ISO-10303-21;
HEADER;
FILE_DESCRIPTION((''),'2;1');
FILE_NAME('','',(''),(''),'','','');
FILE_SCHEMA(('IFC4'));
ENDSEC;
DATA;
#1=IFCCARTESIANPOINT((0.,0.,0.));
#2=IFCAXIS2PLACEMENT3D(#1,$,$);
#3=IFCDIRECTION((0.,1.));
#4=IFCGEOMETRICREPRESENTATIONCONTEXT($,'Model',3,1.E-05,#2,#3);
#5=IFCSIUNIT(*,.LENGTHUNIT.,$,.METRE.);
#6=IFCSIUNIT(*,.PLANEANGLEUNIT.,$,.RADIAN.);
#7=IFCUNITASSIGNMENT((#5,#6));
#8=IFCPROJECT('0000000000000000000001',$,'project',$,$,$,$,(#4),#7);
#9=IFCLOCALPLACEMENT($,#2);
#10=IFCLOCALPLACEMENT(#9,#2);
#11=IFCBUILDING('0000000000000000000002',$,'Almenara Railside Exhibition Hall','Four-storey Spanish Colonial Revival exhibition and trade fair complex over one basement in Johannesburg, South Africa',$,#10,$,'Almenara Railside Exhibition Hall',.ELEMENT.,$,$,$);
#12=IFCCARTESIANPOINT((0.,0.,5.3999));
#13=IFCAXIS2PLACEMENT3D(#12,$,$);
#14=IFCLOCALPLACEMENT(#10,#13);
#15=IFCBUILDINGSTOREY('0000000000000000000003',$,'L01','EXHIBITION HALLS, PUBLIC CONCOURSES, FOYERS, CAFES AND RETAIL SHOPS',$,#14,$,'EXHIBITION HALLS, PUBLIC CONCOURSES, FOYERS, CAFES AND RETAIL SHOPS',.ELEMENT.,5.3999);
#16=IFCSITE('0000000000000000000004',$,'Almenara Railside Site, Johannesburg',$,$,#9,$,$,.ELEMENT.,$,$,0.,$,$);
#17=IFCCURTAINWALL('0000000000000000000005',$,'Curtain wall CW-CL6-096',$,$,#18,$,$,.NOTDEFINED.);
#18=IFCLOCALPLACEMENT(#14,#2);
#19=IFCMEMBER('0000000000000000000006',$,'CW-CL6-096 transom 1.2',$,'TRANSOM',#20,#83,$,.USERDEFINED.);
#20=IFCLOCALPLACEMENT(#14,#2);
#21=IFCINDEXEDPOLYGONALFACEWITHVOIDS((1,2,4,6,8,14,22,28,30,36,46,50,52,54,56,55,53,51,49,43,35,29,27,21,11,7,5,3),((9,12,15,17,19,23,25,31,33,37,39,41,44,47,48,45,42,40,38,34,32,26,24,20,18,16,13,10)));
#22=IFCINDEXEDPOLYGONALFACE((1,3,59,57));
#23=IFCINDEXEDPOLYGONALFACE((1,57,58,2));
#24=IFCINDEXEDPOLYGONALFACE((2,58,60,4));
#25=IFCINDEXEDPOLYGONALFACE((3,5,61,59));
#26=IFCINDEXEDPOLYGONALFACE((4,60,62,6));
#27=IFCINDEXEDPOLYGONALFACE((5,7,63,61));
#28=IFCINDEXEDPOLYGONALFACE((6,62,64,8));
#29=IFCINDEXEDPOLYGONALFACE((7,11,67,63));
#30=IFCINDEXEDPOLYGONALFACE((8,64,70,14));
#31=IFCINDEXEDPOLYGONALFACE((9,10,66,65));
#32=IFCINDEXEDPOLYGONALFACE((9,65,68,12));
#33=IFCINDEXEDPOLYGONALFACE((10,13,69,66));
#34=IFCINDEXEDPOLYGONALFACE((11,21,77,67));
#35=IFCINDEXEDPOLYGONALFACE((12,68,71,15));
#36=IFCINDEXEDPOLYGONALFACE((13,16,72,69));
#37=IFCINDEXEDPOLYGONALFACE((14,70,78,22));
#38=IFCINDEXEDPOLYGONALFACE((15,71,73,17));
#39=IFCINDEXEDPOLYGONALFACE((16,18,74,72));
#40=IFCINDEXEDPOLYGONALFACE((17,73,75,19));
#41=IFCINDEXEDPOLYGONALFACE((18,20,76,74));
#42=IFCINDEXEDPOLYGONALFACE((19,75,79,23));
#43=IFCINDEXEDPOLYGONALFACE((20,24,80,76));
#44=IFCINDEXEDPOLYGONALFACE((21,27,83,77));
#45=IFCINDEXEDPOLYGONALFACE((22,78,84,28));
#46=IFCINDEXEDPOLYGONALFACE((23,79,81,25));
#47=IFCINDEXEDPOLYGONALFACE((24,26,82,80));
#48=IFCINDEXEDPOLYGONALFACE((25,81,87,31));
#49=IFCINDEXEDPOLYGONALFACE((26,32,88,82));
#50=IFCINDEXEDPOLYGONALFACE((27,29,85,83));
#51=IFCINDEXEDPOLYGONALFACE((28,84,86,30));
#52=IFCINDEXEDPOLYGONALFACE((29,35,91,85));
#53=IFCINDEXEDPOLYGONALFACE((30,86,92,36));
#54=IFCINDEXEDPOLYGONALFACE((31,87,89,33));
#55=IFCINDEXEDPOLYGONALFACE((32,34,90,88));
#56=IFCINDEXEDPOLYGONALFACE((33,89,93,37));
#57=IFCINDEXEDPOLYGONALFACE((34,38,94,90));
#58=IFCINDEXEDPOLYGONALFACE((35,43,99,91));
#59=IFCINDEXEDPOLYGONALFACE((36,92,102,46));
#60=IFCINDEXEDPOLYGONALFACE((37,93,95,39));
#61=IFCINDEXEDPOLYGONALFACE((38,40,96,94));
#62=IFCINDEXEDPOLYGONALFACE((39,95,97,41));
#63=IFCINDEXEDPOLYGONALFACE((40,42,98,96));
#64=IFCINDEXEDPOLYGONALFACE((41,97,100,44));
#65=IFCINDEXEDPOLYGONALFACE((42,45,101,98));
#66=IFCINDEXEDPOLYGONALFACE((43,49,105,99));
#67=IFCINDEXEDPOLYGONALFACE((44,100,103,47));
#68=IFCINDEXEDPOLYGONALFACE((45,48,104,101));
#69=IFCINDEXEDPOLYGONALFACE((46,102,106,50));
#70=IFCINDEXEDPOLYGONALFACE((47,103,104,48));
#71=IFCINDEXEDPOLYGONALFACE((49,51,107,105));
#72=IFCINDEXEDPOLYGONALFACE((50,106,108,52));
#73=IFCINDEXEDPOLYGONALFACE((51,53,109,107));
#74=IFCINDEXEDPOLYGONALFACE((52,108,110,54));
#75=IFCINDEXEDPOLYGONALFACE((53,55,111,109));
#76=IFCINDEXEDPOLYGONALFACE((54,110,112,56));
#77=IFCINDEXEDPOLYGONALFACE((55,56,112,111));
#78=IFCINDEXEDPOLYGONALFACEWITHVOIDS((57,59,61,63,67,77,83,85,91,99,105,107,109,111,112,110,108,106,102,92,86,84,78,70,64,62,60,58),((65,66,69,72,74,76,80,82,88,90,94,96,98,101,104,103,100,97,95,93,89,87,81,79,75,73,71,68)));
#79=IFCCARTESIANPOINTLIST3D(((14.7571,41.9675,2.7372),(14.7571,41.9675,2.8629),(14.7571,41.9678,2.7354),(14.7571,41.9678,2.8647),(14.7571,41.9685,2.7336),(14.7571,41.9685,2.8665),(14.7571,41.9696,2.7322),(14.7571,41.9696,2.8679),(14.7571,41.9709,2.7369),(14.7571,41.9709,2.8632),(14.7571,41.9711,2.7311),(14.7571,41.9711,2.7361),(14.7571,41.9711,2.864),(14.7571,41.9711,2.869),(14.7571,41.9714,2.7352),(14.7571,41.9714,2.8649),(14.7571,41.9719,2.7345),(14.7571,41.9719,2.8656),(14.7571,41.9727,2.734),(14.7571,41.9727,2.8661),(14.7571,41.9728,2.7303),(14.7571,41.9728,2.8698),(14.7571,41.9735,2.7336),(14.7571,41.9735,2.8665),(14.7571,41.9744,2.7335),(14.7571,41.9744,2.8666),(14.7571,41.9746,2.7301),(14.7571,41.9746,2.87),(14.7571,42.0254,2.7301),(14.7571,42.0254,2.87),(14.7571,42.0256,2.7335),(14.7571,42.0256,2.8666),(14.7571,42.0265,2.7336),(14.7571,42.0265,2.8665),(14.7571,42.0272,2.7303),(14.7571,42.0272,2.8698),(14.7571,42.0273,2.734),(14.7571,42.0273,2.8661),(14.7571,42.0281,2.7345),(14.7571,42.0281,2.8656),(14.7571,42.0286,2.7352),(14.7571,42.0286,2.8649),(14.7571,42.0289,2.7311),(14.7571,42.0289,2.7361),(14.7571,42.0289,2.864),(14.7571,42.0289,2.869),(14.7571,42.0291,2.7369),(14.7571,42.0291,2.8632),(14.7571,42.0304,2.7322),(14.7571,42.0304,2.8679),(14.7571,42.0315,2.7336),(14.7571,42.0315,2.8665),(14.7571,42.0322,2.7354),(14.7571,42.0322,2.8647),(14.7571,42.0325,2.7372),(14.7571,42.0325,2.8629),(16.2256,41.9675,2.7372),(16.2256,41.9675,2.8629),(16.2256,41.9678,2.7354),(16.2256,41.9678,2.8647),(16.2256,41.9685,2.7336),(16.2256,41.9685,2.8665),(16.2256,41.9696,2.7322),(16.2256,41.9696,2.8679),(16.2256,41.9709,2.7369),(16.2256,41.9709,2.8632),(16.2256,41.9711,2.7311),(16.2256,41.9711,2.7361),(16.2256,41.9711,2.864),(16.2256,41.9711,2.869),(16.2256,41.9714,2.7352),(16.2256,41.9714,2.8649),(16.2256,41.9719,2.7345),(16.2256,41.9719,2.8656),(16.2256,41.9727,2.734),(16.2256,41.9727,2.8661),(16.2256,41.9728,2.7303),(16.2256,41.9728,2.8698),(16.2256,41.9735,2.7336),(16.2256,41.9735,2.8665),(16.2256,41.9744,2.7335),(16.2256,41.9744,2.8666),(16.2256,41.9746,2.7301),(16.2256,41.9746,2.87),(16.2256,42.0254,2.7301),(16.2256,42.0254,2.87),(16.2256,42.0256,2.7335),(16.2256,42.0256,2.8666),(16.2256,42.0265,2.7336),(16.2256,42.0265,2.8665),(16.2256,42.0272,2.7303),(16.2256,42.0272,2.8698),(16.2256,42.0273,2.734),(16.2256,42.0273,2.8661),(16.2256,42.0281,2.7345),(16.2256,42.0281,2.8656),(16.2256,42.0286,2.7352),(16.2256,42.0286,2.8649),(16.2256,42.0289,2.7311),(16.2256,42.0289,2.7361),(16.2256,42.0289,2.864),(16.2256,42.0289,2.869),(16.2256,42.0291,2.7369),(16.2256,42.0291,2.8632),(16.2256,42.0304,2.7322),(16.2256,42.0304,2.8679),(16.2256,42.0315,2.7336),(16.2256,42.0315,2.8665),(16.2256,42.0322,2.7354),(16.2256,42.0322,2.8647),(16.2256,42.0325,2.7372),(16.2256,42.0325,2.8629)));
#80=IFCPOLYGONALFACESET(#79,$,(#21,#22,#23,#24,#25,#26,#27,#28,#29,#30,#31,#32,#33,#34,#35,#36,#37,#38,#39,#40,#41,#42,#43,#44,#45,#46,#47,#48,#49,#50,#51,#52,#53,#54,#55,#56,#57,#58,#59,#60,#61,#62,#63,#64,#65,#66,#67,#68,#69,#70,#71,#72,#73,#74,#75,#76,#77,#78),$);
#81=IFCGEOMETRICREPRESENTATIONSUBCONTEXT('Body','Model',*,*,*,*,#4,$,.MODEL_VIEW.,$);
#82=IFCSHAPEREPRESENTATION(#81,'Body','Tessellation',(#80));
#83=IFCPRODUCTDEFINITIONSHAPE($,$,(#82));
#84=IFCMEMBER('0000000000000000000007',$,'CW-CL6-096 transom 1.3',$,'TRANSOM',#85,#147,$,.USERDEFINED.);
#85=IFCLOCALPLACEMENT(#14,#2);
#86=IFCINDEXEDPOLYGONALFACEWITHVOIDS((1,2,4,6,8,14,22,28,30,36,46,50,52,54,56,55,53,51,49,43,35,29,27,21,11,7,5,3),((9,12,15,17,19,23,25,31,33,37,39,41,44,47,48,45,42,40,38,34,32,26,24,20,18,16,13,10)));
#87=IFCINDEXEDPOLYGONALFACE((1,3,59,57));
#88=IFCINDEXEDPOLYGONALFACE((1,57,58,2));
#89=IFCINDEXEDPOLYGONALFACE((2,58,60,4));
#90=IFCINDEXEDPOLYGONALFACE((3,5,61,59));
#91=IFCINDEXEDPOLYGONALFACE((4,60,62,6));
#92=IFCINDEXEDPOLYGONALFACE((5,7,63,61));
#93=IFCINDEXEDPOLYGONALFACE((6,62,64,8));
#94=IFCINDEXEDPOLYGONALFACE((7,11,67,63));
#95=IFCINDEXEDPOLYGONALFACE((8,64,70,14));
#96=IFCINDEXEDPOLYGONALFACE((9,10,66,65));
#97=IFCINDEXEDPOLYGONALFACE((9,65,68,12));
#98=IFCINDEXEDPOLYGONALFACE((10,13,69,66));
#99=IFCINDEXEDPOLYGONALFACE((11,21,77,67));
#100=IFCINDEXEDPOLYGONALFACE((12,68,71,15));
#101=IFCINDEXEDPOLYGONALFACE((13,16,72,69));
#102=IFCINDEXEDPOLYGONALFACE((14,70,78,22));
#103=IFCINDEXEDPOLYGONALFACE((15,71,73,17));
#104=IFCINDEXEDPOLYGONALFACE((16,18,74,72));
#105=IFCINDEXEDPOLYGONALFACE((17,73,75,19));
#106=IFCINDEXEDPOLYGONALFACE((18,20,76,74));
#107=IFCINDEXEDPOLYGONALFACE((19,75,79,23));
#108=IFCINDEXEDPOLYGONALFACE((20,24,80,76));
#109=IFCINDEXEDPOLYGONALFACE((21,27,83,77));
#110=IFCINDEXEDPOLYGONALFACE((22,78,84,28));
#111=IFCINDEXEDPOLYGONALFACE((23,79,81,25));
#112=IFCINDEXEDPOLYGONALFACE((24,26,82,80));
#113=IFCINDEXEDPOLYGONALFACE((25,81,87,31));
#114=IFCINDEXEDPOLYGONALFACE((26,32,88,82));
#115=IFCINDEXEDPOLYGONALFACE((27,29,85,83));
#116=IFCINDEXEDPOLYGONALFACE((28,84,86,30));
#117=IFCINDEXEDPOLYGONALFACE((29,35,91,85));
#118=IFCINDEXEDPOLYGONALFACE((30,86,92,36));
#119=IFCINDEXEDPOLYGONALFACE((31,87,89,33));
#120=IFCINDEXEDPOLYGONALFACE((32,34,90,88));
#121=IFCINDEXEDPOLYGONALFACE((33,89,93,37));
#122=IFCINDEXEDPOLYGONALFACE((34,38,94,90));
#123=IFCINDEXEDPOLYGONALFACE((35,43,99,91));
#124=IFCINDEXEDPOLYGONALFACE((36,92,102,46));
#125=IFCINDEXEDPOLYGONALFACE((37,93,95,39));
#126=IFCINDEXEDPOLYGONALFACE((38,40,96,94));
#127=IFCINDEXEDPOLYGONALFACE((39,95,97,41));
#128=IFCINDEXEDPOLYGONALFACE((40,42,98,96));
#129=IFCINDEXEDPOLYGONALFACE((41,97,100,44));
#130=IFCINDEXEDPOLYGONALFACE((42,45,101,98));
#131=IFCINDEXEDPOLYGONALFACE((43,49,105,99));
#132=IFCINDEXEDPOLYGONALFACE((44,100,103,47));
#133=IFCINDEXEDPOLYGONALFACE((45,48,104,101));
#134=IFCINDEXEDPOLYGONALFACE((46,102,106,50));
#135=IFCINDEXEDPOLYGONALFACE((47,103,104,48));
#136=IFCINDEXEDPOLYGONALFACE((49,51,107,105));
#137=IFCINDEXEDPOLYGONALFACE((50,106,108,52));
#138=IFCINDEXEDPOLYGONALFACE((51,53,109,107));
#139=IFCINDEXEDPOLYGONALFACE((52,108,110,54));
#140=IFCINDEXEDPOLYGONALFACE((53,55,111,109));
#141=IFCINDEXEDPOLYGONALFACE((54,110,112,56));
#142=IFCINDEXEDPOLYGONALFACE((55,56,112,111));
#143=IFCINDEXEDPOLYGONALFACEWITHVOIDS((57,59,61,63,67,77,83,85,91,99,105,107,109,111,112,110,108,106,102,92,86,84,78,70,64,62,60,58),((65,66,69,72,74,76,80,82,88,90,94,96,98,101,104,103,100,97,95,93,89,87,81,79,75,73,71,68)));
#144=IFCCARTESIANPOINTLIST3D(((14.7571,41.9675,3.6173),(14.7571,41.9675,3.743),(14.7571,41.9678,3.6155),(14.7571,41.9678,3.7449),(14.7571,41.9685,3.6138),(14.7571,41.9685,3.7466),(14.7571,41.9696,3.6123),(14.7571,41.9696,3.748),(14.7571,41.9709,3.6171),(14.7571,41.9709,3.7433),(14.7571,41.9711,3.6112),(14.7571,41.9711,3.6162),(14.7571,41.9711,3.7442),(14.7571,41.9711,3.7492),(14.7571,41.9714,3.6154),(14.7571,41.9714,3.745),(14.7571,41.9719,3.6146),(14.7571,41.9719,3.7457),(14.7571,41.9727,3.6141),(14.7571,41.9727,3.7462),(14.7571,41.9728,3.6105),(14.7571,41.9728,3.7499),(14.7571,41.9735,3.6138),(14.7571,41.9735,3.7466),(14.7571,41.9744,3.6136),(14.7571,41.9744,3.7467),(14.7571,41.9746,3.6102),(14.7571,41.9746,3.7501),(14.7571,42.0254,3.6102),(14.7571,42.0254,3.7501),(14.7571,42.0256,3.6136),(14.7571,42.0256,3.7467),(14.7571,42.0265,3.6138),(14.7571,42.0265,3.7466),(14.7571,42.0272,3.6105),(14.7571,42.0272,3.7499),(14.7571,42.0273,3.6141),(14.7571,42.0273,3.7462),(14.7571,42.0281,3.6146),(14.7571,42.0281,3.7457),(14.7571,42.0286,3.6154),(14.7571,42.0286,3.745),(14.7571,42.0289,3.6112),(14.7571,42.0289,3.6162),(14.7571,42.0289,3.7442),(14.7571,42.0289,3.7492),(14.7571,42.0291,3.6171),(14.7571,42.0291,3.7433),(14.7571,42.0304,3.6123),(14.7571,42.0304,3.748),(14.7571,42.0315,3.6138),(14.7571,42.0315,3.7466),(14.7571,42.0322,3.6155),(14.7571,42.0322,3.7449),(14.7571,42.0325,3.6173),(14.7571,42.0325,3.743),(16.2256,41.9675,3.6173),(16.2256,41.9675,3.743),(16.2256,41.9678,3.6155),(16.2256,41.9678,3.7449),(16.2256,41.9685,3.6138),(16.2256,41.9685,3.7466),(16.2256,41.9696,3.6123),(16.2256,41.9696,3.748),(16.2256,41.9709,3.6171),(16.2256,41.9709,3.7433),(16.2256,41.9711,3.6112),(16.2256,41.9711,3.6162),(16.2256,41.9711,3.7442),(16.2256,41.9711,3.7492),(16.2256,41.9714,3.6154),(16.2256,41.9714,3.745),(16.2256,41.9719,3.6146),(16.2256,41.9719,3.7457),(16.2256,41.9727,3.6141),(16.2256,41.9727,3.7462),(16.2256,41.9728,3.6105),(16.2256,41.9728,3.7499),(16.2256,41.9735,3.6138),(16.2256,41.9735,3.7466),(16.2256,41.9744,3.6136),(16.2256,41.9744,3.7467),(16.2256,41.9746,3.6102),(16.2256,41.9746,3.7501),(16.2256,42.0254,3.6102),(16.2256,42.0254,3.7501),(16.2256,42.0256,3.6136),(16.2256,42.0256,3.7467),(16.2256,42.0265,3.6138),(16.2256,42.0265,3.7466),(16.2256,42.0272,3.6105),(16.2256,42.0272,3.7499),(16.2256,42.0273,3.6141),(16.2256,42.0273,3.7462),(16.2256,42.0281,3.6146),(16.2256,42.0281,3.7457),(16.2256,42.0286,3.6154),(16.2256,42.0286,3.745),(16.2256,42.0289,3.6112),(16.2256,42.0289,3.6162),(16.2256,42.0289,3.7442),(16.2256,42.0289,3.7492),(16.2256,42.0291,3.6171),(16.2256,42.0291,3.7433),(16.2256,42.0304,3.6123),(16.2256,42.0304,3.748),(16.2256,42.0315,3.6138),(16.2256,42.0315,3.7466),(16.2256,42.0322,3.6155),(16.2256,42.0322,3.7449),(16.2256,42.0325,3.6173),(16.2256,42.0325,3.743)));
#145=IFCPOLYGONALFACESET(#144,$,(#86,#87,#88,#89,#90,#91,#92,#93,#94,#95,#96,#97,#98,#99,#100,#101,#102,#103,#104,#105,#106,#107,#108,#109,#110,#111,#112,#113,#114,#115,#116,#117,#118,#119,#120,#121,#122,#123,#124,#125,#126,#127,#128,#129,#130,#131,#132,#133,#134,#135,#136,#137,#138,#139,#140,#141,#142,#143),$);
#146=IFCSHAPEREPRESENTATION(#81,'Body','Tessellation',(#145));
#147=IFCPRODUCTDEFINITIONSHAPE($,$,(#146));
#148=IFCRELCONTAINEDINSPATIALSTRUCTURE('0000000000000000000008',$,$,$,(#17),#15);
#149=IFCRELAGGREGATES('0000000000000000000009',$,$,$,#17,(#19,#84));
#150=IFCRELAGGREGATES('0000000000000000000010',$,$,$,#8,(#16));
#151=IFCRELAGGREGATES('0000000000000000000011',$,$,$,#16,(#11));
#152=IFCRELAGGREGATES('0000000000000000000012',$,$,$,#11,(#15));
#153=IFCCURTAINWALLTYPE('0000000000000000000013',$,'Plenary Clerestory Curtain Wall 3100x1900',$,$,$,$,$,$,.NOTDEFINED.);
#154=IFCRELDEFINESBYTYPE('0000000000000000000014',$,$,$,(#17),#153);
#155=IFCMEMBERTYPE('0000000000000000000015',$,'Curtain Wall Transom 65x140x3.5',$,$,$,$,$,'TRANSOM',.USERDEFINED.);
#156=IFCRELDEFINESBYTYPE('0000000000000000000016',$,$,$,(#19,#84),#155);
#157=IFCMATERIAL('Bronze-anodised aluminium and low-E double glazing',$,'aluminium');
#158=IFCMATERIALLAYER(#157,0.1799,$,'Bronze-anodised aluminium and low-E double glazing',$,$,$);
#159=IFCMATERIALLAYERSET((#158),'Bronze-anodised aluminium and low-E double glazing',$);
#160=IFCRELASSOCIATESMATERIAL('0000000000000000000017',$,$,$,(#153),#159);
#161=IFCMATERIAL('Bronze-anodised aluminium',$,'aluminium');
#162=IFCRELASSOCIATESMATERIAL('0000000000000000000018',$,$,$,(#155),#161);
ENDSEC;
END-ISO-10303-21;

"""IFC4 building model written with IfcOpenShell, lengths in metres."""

from ifc_helpers import new_model, si_unit, direction, frame, origin, origin_2d, place, context, subcontext, project, spatial, hollow_rectangle, extrude, material, layer, layer_set, material_profile, profile_set, type_object, element, aggregate, save


model = new_model("IFC4")

# Units and contexts
model_context = context("Model", 3, precision=1e-05, world=origin(), true_north=direction((0.0, 1.0)))
body_context = subcontext(model_context, "Body", "Model", "MODEL_VIEW")
ifc_project = project(units=[si_unit("LENGTHUNIT", "METRE"), si_unit("PLANEANGLEUNIT", "RADIAN")], contexts=[model_context])

# Site, building, storey
site_placement = place(None, origin())
site = spatial("IfcSite", under=ifc_project, at=site_placement, Name="Almenara Railside Site, Johannesburg", CompositionType="ELEMENT", RefElevation=0.0)
building_placement = place(site_placement, origin())
building = spatial("IfcBuilding", under=site, at=building_placement, Name="Almenara Railside Exhibition Hall", Description="Four-storey Spanish Colonial Revival exhibition and trade fair complex over one basement in Johannesburg, South Africa", LongName="Almenara Railside Exhibition Hall", CompositionType="ELEMENT")
storey_placement = place(building_placement, frame((0.0, 0.0, 5.3999)))
storey = spatial("IfcBuildingStorey", under=building, at=storey_placement, Name="L01", Description="EXHIBITION HALLS, PUBLIC CONCOURSES, FOYERS, CAFES AND RETAIL SHOPS", LongName="EXHIBITION HALLS, PUBLIC CONCOURSES, FOYERS, CAFES AND RETAIL SHOPS", CompositionType="ELEMENT", Elevation=5.3999)

# Shared definitions
ifc_material_1 = material(Name="Bronze-anodised aluminium and low-E double glazing", Category="aluminium")
ifc_material_2 = material(Name="Bronze-anodised aluminium", Category="aluminium")

# Curtain wall, members
ifc_layer_1 = layer(ifc_material_1, 0.1799, Name="Bronze-anodised aluminium and low-E double glazing")
ifc_layer_set_1 = layer_set([ifc_layer_1], Name="Bronze-anodised aluminium and low-E double glazing")
curtain_wall_type_1 = type_object("IfcCurtainWallType", Name="Plenary Clerestory Curtain Wall 3100x1900", PredefinedType="NOTDEFINED", material=ifc_layer_set_1)
curtain_wall_1_placement = place(storey_placement, origin())
curtain_wall_1 = element("IfcCurtainWall", 1, at=curtain_wall_1_placement, inside=storey, type_object=curtain_wall_type_1, Name="Curtain wall CW-CL6-096", PredefinedType="NOTDEFINED")
ifc_material_profile_1 = material_profile(ifc_material_2, hollow_rectangle(XDim=0.0649, YDim=0.1399, WallThickness=0.0034, InnerFilletRadius=0.0034, OuterFilletRadius=0.0071, at=origin_2d()), Name="ALU-TRN 65x140x3.5")
ifc_profile_set_1 = profile_set([ifc_material_profile_1], Name="Bronze-anodised aluminium")
member_type_1 = type_object("IfcMemberType", Name="Curtain Wall Transom 65x140x3.5", ElementType="TRANSOM", PredefinedType="USERDEFINED", material=ifc_profile_set_1)
member_1_placement = place(storey_placement, frame((14.7571, 42.0, 2.8), z_axis=(1.0, 0.0, 0.0), x_axis=(0.0, 1.0, 0.0)))
member_1 = element("IfcMember", 2, at=member_1_placement, type_object=member_type_1, Name="CW-CL6-096 transom 1.2", ObjectType="TRANSOM", PredefinedType="USERDEFINED", context=body_context, shape_type="SweptSolid", body=[
    extrude(hollow_rectangle(XDim=0.0649, YDim=0.1399, WallThickness=0.0034, InnerFilletRadius=0.0034, OuterFilletRadius=0.0071, at=origin_2d()), origin(), (0.0, 0.0, 1.0), 1.4685),
])
member_2_placement = place(storey_placement, frame((14.7571, 42.0, 3.6802), z_axis=(1.0, 0.0, 0.0), x_axis=(0.0, 1.0, 0.0)))
member_2 = element("IfcMember", 3, at=member_2_placement, type_object=member_type_1, Name="CW-CL6-096 transom 1.3", ObjectType="TRANSOM", PredefinedType="USERDEFINED", context=body_context, shape_type="SweptSolid", body=[
    extrude(hollow_rectangle(XDim=0.0649, YDim=0.1399, WallThickness=0.0034, InnerFilletRadius=0.0034, OuterFilletRadius=0.0071, at=origin_2d()), origin(), (0.0, 0.0, 1.0), 1.4685),
])

aggregate(curtain_wall_1, [member_1, member_2])

save(model, "model.ifc")
